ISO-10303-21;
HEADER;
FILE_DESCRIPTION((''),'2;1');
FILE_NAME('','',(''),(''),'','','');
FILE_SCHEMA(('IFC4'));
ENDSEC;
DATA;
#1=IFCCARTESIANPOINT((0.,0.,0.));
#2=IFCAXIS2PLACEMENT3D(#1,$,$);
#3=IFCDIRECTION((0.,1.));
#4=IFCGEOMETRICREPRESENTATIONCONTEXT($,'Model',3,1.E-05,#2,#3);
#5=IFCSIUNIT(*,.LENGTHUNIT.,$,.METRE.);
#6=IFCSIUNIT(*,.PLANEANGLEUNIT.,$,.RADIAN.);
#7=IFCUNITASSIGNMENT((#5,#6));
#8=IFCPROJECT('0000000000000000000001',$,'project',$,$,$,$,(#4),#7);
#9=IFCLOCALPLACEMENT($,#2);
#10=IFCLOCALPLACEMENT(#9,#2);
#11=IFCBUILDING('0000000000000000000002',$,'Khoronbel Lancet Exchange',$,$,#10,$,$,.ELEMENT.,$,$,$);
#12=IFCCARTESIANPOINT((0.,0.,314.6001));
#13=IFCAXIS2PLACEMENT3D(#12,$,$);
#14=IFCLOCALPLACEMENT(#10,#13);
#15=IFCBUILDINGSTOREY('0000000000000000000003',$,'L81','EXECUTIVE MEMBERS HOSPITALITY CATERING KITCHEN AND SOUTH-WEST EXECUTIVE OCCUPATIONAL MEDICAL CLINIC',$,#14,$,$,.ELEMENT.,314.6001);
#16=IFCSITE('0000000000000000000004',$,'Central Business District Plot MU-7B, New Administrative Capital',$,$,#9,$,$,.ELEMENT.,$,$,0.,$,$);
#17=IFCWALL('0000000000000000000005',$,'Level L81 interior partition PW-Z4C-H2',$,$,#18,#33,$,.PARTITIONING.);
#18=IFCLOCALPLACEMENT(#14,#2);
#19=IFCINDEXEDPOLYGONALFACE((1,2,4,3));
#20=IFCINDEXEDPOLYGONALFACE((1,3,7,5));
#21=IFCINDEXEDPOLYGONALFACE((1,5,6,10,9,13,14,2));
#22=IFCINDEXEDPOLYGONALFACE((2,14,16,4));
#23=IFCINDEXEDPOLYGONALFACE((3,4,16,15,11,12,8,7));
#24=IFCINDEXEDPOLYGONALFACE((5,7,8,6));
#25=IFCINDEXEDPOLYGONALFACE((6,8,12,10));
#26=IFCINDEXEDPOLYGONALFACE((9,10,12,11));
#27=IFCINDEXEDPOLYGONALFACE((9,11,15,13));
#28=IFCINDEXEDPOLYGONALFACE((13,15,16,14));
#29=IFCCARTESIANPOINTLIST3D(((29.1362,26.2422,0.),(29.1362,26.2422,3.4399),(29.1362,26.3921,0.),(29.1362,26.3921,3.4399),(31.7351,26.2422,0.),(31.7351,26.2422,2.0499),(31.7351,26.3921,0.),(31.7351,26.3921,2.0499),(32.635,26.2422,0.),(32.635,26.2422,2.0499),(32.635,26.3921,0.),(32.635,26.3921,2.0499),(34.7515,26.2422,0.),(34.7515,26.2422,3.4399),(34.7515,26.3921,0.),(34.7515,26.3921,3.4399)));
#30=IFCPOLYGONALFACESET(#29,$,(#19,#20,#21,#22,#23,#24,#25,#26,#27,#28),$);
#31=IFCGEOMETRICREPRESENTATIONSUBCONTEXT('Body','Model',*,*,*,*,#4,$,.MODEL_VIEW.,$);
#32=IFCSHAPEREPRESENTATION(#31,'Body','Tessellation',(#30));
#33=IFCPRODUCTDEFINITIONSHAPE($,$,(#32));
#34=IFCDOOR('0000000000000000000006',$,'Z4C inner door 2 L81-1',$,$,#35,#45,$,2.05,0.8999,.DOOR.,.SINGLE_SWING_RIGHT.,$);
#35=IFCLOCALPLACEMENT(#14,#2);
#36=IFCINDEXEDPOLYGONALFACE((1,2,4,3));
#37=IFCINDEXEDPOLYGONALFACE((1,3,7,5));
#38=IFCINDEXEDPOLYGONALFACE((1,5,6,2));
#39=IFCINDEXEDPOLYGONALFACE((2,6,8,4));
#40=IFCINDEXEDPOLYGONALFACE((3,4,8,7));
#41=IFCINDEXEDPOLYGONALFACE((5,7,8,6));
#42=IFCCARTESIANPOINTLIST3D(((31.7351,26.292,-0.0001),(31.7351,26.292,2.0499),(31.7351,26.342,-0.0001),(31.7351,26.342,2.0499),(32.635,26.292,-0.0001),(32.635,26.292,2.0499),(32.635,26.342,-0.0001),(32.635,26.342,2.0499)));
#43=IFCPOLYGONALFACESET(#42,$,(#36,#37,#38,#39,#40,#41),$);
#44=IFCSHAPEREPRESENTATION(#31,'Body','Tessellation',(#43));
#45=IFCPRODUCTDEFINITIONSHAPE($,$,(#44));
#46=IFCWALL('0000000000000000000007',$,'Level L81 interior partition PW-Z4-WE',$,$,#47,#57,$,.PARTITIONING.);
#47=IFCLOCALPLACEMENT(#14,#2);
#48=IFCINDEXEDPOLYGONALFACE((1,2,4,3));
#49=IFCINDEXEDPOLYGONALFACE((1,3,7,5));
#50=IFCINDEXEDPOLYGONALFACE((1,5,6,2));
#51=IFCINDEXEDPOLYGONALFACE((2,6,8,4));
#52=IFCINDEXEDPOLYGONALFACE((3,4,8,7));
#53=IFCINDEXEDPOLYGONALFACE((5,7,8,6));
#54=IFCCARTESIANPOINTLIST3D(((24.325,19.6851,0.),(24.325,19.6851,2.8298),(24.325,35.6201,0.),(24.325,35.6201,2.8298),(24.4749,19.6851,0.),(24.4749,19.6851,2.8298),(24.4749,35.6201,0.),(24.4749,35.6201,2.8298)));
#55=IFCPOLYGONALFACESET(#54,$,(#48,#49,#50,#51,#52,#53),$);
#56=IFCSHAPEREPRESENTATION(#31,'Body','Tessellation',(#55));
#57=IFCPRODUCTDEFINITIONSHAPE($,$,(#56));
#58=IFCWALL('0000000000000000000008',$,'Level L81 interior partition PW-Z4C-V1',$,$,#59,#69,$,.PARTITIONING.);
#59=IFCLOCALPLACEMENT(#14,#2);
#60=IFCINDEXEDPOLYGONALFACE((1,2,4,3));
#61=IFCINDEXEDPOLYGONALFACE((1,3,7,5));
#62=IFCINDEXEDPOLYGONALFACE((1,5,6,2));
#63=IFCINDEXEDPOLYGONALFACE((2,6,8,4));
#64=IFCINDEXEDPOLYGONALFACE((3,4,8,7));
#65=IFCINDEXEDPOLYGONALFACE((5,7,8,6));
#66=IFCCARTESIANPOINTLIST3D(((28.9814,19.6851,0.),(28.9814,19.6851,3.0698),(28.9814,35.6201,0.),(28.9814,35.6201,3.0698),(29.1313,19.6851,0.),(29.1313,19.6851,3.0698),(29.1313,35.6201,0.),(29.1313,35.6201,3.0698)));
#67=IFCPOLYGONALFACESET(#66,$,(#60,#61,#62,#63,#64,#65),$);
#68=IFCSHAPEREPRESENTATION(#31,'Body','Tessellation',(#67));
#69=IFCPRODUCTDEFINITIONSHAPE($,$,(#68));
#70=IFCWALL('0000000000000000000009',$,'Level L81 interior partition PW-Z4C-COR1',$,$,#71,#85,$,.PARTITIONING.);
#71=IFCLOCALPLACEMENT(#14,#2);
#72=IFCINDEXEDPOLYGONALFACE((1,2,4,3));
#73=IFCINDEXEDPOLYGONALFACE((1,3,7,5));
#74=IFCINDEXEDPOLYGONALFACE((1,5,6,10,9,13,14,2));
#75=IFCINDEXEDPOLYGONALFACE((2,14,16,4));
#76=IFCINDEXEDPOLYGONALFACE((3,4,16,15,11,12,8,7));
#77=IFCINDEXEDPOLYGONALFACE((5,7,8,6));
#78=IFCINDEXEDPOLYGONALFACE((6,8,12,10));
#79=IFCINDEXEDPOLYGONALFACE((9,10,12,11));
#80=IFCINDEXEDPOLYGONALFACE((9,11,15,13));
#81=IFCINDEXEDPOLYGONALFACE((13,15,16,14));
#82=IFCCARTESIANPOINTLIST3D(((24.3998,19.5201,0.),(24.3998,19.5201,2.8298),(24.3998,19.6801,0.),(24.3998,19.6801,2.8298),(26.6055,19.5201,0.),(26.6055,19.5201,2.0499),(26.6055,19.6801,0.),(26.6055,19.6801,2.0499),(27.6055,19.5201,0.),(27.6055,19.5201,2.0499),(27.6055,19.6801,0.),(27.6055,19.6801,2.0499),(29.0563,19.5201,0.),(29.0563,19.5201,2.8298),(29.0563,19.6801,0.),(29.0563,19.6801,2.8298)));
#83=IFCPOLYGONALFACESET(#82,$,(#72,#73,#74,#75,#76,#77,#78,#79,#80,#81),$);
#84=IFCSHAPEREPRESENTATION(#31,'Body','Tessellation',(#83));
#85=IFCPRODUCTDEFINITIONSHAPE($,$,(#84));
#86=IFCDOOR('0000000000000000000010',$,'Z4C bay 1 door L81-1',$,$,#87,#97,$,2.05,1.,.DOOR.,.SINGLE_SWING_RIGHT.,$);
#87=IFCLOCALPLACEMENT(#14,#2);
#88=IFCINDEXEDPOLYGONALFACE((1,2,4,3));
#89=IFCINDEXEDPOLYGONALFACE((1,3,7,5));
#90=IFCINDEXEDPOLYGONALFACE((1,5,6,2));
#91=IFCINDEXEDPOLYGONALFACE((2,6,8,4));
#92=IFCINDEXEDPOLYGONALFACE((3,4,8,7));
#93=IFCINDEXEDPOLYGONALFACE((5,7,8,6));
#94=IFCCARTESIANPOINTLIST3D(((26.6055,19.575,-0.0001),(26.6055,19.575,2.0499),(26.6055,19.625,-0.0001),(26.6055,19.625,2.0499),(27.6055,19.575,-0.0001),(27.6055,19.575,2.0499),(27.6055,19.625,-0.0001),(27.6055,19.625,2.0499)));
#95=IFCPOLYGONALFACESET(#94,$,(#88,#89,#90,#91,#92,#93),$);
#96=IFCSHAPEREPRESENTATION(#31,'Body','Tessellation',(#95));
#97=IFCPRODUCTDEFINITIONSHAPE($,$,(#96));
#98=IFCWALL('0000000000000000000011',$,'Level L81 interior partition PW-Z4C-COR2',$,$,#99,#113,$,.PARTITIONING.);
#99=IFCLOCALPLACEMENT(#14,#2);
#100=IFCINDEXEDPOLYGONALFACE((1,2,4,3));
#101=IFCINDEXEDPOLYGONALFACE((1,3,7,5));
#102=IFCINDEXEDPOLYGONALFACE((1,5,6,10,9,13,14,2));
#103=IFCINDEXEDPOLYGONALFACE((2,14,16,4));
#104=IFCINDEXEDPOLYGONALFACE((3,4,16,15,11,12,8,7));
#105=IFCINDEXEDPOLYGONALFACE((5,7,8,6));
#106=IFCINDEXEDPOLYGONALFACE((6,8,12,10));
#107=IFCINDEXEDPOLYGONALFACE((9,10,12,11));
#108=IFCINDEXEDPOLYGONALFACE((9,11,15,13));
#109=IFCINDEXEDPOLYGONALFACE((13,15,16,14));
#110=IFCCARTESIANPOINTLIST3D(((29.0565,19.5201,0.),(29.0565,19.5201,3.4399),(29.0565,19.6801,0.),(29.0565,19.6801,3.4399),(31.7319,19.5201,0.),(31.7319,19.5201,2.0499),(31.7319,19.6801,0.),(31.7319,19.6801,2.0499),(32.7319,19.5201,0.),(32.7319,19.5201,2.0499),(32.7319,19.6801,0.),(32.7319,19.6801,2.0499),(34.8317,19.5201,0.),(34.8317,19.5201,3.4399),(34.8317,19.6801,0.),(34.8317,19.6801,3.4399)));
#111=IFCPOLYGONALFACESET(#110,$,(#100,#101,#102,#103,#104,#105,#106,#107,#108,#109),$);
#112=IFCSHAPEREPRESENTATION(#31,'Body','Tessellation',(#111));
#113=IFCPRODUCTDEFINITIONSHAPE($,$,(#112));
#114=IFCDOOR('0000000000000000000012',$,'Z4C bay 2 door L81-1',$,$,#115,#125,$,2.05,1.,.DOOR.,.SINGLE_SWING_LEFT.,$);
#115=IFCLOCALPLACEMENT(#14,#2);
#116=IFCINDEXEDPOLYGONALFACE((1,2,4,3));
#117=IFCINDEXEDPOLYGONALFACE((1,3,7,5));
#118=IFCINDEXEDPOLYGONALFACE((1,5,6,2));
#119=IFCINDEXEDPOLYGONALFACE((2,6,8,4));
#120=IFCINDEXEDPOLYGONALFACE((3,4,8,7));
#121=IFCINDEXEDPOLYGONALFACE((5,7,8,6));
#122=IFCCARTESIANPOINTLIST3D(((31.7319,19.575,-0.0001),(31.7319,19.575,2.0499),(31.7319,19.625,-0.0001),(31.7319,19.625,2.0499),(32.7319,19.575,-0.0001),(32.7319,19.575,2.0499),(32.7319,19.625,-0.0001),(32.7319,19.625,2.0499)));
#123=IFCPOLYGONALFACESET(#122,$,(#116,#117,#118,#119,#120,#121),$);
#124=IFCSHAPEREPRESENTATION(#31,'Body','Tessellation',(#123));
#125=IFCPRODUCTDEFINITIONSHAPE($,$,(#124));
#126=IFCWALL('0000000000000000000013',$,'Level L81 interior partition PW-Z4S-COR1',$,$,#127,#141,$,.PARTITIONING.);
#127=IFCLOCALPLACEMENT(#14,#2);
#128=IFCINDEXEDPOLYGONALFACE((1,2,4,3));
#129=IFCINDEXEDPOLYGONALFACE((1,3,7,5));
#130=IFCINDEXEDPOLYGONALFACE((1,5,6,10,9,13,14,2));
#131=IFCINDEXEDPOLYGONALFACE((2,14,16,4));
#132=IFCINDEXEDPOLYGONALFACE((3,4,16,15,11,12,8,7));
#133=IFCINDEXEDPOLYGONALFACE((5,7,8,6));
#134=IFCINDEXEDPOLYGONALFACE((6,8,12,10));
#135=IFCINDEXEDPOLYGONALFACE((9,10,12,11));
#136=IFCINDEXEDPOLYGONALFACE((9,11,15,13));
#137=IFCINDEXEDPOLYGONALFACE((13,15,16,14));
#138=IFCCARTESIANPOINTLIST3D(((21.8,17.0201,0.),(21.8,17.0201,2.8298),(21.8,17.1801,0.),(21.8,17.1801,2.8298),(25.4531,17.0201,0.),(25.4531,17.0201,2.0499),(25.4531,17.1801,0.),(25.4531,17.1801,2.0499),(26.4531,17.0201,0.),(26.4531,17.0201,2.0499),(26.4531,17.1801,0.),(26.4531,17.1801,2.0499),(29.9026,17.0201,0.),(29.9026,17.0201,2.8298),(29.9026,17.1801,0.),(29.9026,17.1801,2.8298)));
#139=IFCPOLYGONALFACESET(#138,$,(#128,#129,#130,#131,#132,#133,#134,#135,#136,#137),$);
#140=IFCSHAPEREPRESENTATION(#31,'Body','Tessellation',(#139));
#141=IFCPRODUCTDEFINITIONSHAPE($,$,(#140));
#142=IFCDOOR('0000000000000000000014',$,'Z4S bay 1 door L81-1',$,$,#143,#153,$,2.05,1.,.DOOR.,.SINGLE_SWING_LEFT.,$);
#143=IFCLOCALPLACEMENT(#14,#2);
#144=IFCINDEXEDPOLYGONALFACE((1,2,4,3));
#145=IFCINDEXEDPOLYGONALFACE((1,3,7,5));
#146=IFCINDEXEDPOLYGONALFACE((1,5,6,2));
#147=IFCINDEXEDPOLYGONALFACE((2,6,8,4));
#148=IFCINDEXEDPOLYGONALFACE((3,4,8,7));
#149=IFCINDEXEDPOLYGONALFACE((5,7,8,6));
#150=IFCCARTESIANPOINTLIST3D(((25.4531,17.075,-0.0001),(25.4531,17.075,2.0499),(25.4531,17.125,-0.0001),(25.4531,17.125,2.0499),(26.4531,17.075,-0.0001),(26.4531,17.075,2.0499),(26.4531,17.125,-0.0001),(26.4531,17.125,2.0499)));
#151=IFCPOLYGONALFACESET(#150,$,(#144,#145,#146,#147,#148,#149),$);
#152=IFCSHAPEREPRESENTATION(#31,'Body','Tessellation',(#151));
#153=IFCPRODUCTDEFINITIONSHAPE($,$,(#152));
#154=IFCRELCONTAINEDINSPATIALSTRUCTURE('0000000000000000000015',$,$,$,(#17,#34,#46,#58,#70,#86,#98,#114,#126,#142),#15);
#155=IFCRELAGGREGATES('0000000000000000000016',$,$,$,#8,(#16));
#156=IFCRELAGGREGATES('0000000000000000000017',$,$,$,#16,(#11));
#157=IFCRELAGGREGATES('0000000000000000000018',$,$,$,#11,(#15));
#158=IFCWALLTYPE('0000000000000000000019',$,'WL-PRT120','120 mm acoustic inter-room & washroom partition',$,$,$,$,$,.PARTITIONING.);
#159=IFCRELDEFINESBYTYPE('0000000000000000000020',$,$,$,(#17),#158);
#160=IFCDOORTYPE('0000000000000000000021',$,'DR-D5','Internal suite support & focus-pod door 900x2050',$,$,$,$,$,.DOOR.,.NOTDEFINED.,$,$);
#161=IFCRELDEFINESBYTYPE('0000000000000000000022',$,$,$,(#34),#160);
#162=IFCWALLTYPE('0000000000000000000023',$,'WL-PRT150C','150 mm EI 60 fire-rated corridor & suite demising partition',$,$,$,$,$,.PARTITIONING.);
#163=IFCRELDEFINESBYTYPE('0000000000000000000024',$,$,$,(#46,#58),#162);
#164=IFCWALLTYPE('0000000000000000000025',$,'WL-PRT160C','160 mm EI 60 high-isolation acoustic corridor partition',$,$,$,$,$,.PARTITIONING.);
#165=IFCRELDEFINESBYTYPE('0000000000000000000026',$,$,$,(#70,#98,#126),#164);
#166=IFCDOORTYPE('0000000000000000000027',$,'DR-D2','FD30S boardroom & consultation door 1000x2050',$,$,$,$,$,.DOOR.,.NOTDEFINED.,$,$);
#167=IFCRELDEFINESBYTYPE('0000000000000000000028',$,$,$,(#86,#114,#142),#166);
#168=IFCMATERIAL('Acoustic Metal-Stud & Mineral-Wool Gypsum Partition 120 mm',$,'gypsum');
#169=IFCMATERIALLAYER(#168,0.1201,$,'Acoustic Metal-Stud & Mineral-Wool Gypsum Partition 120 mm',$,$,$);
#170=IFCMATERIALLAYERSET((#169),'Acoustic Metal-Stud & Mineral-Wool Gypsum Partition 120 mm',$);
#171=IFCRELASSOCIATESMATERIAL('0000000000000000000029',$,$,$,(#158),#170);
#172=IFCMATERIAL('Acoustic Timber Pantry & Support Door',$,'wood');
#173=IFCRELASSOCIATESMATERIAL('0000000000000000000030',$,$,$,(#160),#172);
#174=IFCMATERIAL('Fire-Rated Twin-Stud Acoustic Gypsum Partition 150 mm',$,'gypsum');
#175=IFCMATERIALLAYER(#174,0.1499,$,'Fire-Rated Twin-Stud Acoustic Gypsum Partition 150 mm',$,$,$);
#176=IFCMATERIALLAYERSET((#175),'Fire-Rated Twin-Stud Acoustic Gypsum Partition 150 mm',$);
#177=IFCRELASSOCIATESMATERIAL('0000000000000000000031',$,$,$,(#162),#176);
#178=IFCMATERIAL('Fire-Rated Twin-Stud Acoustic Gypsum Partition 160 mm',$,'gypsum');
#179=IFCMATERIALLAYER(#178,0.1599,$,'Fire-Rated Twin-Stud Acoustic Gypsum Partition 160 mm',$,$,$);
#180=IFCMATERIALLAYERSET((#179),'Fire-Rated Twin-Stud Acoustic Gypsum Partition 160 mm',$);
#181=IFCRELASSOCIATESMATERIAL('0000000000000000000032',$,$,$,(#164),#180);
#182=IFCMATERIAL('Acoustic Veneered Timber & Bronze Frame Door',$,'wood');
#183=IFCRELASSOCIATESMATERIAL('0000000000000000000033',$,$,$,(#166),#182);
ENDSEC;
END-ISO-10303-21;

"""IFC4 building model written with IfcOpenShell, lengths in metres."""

from ifc_helpers import new_model, si_unit, direction, frame, frame_2d, origin, place, context, subcontext, project, spatial, rectangle, extrude, material, layer, layer_set, type_object, element, fill, save


model = new_model("IFC4")

# Units and contexts
model_context = context("Model", 3, precision=1e-05, world=origin(), true_north=direction((0.0, 1.0)))
body_context = subcontext(model_context, "Body", "Model", "MODEL_VIEW")
ifc_project = project(units=[si_unit("LENGTHUNIT", "METRE"), si_unit("PLANEANGLEUNIT", "RADIAN")], contexts=[model_context])

# Site, building, storey
site_placement = place(None, origin())
site = spatial("IfcSite", under=ifc_project, at=site_placement, Name="Central Business District Plot MU-7B, New Administrative Capital", CompositionType="ELEMENT", RefElevation=0.0)
building_placement = place(site_placement, origin())
building = spatial("IfcBuilding", under=site, at=building_placement, Name="Khoronbel Lancet Exchange", CompositionType="ELEMENT")
storey_placement = place(building_placement, frame((0.0, 0.0, 314.6001)))
storey = spatial("IfcBuildingStorey", under=building, at=storey_placement, Name="L81", Description="EXECUTIVE MEMBERS HOSPITALITY CATERING KITCHEN AND SOUTH-WEST EXECUTIVE OCCUPATIONAL MEDICAL CLINIC", CompositionType="ELEMENT", Elevation=314.6001)

# Wall, opening, door
ifc_material_1 = material(Name="Acoustic Metal-Stud & Mineral-Wool Gypsum Partition 120 mm", Category="gypsum")
ifc_layer_1 = layer(ifc_material_1, 0.1201, Name="Acoustic Metal-Stud & Mineral-Wool Gypsum Partition 120 mm")
ifc_layer_set_1 = layer_set([ifc_layer_1], Name="Acoustic Metal-Stud & Mineral-Wool Gypsum Partition 120 mm")
wall_type_1 = type_object("IfcWallType", Name="WL-PRT120", Description="120 mm acoustic inter-room & washroom partition", PredefinedType="PARTITIONING", material=ifc_layer_set_1)
ifc_material_2 = material(Name="Acoustic Timber Pantry & Support Door", Category="wood")
door_type_1 = type_object("IfcDoorType", Name="DR-D5", Description="Internal suite support & focus-pod door 900x2050", OperationType="NOTDEFINED", PredefinedType="DOOR", material=ifc_material_2)
wall_1_placement = place(storey_placement, frame((29.1362, 26.3171, 0.0), z_axis=(0.0, 0.0, 1.0), x_axis=(1.0, 0.0, 0.0)))
wall_1 = element("IfcWall", 1, at=wall_1_placement, inside=storey, type_object=wall_type_1, Name="Level L81 interior partition PW-Z4C-H2", PredefinedType="PARTITIONING", context=body_context, shape_type="SweptSolid", body=[
    extrude(rectangle(XDim=5.6152, YDim=0.1499, at=frame_2d((2.8076, 0.0))), origin(), (0.0, 0.0, 1.0), 3.4399),
])
opening_1_placement = place(wall_1_placement, frame((2.5989, 0.0, 0.0)))
opening_1 = element("IfcOpeningElement", 2, at=opening_1_placement, cuts=wall_1, PredefinedType="OPENING", context=body_context, shape_type="SweptSolid", body=[
    extrude(rectangle(XDim=0.8999, YDim=2.05, at=frame_2d((0.45, 1.0249))), frame((0.0, 0.085, 0.0), z_axis=(0.0, -1.0, 0.0), x_axis=(1.0, 0.0, 0.0)), (0.0, 0.0, 1.0), 0.1699),
])
door_1_placement = place(opening_1_placement, origin())
door_1 = element("IfcDoor", 3, at=door_1_placement, inside=storey, type_object=door_type_1, Name="Z4C inner door 2 L81-1", OperationType="SINGLE_SWING_RIGHT", OverallHeight=2.05, OverallWidth=0.8999, PredefinedType="DOOR", context=body_context, shape_type="SweptSolid", body=[
    extrude(rectangle(XDim=0.8999, YDim=2.05, at=frame_2d((0.45, 1.0249))), frame((0.0, 0.0249, 0.0), z_axis=(0.0, -1.0, 0.0), x_axis=(1.0, 0.0, 0.0)), (0.0, 0.0, 1.0), 0.05),
])
fill(opening_1, door_1)

# Walls
ifc_material_3 = material(Name="Fire-Rated Twin-Stud Acoustic Gypsum Partition 150 mm", Category="gypsum")
ifc_layer_2 = layer(ifc_material_3, 0.1499, Name="Fire-Rated Twin-Stud Acoustic Gypsum Partition 150 mm")
ifc_layer_set_2 = layer_set([ifc_layer_2], Name="Fire-Rated Twin-Stud Acoustic Gypsum Partition 150 mm")
wall_type_2 = type_object("IfcWallType", Name="WL-PRT150C", Description="150 mm EI 60 fire-rated corridor & suite demising partition", PredefinedType="PARTITIONING", material=ifc_layer_set_2)
wall_2_placement = place(storey_placement, frame((24.3999, 19.6851, 0.0), z_axis=(0.0, 0.0, 1.0), x_axis=(0.0, 1.0, 0.0)))
element("IfcWall", 4, at=wall_2_placement, inside=storey, type_object=wall_type_2, Name="Level L81 interior partition PW-Z4-WE", PredefinedType="PARTITIONING", context=body_context, shape_type="SweptSolid", body=[
    extrude(rectangle(XDim=15.9351, YDim=0.1499, at=frame_2d((7.9675, 0.0))), origin(), (0.0, 0.0, 1.0), 2.8298),
])
wall_3_placement = place(storey_placement, frame((29.0564, 19.6851, 0.0), z_axis=(0.0, 0.0, 1.0), x_axis=(0.0, 1.0, 0.0)))
element("IfcWall", 5, at=wall_3_placement, inside=storey, type_object=wall_type_2, Name="Level L81 interior partition PW-Z4C-V1", PredefinedType="PARTITIONING", context=body_context, shape_type="SweptSolid", body=[
    extrude(rectangle(XDim=15.9351, YDim=0.1499, at=frame_2d((7.9675, 0.0))), origin(), (0.0, 0.0, 1.0), 3.0698),
])

# Walls, openings, doors
ifc_material_4 = material(Name="Fire-Rated Twin-Stud Acoustic Gypsum Partition 160 mm", Category="gypsum")
ifc_layer_3 = layer(ifc_material_4, 0.1599, Name="Fire-Rated Twin-Stud Acoustic Gypsum Partition 160 mm")
ifc_layer_set_3 = layer_set([ifc_layer_3], Name="Fire-Rated Twin-Stud Acoustic Gypsum Partition 160 mm")
wall_type_3 = type_object("IfcWallType", Name="WL-PRT160C", Description="160 mm EI 60 high-isolation acoustic corridor partition", PredefinedType="PARTITIONING", material=ifc_layer_set_3)
wall_4_placement = place(storey_placement, frame((24.3999, 19.6001, 0.0), z_axis=(0.0, 0.0, 1.0), x_axis=(1.0, 0.0, 0.0)))
wall_4 = element("IfcWall", 6, at=wall_4_placement, inside=storey, type_object=wall_type_3, Name="Level L81 interior partition PW-Z4C-COR1", PredefinedType="PARTITIONING", context=body_context, shape_type="SweptSolid", body=[
    extrude(rectangle(XDim=4.6565, YDim=0.1599, at=frame_2d((2.3281, 0.0))), origin(), (0.0, 0.0, 1.0), 2.8298),
])
opening_2_placement = place(wall_4_placement, frame((2.2056, 0.0, 0.0)))
opening_2 = element("IfcOpeningElement", 7, at=opening_2_placement, cuts=wall_4, PredefinedType="OPENING", context=body_context, shape_type="SweptSolid", body=[
    extrude(rectangle(XDim=1.0, YDim=2.05, at=frame_2d((0.5, 1.0249))), frame((0.0, 0.0898, 0.0), z_axis=(0.0, -1.0, 0.0), x_axis=(1.0, 0.0, 0.0)), (0.0, 0.0, 1.0), 0.1799),
])
ifc_material_5 = material(Name="Acoustic Veneered Timber & Bronze Frame Door", Category="wood")
door_type_2 = type_object("IfcDoorType", Name="DR-D2", Description="FD30S boardroom & consultation door 1000x2050", OperationType="NOTDEFINED", PredefinedType="DOOR", material=ifc_material_5)
door_2_placement = place(opening_2_placement, origin())
door_2 = element("IfcDoor", 8, at=door_2_placement, inside=storey, type_object=door_type_2, Name="Z4C bay 1 door L81-1", OperationType="SINGLE_SWING_RIGHT", OverallHeight=2.05, OverallWidth=1.0, PredefinedType="DOOR", context=body_context, shape_type="SweptSolid", body=[
    extrude(rectangle(XDim=1.0, YDim=2.05, at=frame_2d((0.5, 1.0249))), frame((0.0, 0.0249, 0.0), z_axis=(0.0, -1.0, 0.0), x_axis=(1.0, 0.0, 0.0)), (0.0, 0.0, 1.0), 0.05),
])
fill(opening_2, door_2)
wall_5_placement = place(storey_placement, frame((29.0564, 19.6001, 0.0), z_axis=(0.0, 0.0, 1.0), x_axis=(1.0, 0.0, 0.0)))
wall_5 = element("IfcWall", 9, at=wall_5_placement, inside=storey, type_object=wall_type_3, Name="Level L81 interior partition PW-Z4C-COR2", PredefinedType="PARTITIONING", context=body_context, shape_type="SweptSolid", body=[
    extrude(rectangle(XDim=5.7751, YDim=0.1599, at=frame_2d((2.8877, 0.0))), origin(), (0.0, 0.0, 1.0), 3.4399),
])
opening_3_placement = place(wall_5_placement, frame((2.6755, 0.0, 0.0)))
opening_3 = element("IfcOpeningElement", 10, at=opening_3_placement, cuts=wall_5, PredefinedType="OPENING", context=body_context, shape_type="SweptSolid", body=[
    extrude(rectangle(XDim=1.0, YDim=2.05, at=frame_2d((0.5, 1.0249))), frame((0.0, 0.0898, 0.0), z_axis=(0.0, -1.0, 0.0), x_axis=(1.0, 0.0, 0.0)), (0.0, 0.0, 1.0), 0.1799),
])
door_3_placement = place(opening_3_placement, origin())
door_3 = element("IfcDoor", 11, at=door_3_placement, inside=storey, type_object=door_type_2, Name="Z4C bay 2 door L81-1", OperationType="SINGLE_SWING_LEFT", OverallHeight=2.05, OverallWidth=1.0, PredefinedType="DOOR", context=body_context, shape_type="SweptSolid", body=[
    extrude(rectangle(XDim=1.0, YDim=2.05, at=frame_2d((0.5, 1.0249))), frame((0.0, 0.0249, 0.0), z_axis=(0.0, -1.0, 0.0), x_axis=(1.0, 0.0, 0.0)), (0.0, 0.0, 1.0), 0.05),
])
fill(opening_3, door_3)
wall_6_placement = place(storey_placement, frame((21.8, 17.1001, 0.0), z_axis=(0.0, 0.0, 1.0), x_axis=(1.0, 0.0, 0.0)))
wall_6 = element("IfcWall", 12, at=wall_6_placement, inside=storey, type_object=wall_type_3, Name="Level L81 interior partition PW-Z4S-COR1", PredefinedType="PARTITIONING", context=body_context, shape_type="SweptSolid", body=[
    extrude(rectangle(XDim=8.1025, YDim=0.1599, at=frame_2d((4.0513, 0.0))), origin(), (0.0, 0.0, 1.0), 2.8298),
])
opening_4_placement = place(wall_6_placement, frame((3.6531, 0.0, 0.0)))
opening_4 = element("IfcOpeningElement", 13, at=opening_4_placement, cuts=wall_6, PredefinedType="OPENING", context=body_context, shape_type="SweptSolid", body=[
    extrude(rectangle(XDim=1.0, YDim=2.05, at=frame_2d((0.5, 1.0249))), frame((0.0, 0.0898, 0.0), z_axis=(0.0, -1.0, 0.0), x_axis=(1.0, 0.0, 0.0)), (0.0, 0.0, 1.0), 0.1799),
])
door_4_placement = place(opening_4_placement, origin())
door_4 = element("IfcDoor", 14, at=door_4_placement, inside=storey, type_object=door_type_2, Name="Z4S bay 1 door L81-1", OperationType="SINGLE_SWING_LEFT", OverallHeight=2.05, OverallWidth=1.0, PredefinedType="DOOR", context=body_context, shape_type="SweptSolid", body=[
    extrude(rectangle(XDim=1.0, YDim=2.05, at=frame_2d((0.5, 1.0249))), frame((0.0, 0.0249, 0.0), z_axis=(0.0, -1.0, 0.0), x_axis=(1.0, 0.0, 0.0)), (0.0, 0.0, 1.0), 0.05),
])
fill(opening_4, door_4)

save(model, "model.ifc")
